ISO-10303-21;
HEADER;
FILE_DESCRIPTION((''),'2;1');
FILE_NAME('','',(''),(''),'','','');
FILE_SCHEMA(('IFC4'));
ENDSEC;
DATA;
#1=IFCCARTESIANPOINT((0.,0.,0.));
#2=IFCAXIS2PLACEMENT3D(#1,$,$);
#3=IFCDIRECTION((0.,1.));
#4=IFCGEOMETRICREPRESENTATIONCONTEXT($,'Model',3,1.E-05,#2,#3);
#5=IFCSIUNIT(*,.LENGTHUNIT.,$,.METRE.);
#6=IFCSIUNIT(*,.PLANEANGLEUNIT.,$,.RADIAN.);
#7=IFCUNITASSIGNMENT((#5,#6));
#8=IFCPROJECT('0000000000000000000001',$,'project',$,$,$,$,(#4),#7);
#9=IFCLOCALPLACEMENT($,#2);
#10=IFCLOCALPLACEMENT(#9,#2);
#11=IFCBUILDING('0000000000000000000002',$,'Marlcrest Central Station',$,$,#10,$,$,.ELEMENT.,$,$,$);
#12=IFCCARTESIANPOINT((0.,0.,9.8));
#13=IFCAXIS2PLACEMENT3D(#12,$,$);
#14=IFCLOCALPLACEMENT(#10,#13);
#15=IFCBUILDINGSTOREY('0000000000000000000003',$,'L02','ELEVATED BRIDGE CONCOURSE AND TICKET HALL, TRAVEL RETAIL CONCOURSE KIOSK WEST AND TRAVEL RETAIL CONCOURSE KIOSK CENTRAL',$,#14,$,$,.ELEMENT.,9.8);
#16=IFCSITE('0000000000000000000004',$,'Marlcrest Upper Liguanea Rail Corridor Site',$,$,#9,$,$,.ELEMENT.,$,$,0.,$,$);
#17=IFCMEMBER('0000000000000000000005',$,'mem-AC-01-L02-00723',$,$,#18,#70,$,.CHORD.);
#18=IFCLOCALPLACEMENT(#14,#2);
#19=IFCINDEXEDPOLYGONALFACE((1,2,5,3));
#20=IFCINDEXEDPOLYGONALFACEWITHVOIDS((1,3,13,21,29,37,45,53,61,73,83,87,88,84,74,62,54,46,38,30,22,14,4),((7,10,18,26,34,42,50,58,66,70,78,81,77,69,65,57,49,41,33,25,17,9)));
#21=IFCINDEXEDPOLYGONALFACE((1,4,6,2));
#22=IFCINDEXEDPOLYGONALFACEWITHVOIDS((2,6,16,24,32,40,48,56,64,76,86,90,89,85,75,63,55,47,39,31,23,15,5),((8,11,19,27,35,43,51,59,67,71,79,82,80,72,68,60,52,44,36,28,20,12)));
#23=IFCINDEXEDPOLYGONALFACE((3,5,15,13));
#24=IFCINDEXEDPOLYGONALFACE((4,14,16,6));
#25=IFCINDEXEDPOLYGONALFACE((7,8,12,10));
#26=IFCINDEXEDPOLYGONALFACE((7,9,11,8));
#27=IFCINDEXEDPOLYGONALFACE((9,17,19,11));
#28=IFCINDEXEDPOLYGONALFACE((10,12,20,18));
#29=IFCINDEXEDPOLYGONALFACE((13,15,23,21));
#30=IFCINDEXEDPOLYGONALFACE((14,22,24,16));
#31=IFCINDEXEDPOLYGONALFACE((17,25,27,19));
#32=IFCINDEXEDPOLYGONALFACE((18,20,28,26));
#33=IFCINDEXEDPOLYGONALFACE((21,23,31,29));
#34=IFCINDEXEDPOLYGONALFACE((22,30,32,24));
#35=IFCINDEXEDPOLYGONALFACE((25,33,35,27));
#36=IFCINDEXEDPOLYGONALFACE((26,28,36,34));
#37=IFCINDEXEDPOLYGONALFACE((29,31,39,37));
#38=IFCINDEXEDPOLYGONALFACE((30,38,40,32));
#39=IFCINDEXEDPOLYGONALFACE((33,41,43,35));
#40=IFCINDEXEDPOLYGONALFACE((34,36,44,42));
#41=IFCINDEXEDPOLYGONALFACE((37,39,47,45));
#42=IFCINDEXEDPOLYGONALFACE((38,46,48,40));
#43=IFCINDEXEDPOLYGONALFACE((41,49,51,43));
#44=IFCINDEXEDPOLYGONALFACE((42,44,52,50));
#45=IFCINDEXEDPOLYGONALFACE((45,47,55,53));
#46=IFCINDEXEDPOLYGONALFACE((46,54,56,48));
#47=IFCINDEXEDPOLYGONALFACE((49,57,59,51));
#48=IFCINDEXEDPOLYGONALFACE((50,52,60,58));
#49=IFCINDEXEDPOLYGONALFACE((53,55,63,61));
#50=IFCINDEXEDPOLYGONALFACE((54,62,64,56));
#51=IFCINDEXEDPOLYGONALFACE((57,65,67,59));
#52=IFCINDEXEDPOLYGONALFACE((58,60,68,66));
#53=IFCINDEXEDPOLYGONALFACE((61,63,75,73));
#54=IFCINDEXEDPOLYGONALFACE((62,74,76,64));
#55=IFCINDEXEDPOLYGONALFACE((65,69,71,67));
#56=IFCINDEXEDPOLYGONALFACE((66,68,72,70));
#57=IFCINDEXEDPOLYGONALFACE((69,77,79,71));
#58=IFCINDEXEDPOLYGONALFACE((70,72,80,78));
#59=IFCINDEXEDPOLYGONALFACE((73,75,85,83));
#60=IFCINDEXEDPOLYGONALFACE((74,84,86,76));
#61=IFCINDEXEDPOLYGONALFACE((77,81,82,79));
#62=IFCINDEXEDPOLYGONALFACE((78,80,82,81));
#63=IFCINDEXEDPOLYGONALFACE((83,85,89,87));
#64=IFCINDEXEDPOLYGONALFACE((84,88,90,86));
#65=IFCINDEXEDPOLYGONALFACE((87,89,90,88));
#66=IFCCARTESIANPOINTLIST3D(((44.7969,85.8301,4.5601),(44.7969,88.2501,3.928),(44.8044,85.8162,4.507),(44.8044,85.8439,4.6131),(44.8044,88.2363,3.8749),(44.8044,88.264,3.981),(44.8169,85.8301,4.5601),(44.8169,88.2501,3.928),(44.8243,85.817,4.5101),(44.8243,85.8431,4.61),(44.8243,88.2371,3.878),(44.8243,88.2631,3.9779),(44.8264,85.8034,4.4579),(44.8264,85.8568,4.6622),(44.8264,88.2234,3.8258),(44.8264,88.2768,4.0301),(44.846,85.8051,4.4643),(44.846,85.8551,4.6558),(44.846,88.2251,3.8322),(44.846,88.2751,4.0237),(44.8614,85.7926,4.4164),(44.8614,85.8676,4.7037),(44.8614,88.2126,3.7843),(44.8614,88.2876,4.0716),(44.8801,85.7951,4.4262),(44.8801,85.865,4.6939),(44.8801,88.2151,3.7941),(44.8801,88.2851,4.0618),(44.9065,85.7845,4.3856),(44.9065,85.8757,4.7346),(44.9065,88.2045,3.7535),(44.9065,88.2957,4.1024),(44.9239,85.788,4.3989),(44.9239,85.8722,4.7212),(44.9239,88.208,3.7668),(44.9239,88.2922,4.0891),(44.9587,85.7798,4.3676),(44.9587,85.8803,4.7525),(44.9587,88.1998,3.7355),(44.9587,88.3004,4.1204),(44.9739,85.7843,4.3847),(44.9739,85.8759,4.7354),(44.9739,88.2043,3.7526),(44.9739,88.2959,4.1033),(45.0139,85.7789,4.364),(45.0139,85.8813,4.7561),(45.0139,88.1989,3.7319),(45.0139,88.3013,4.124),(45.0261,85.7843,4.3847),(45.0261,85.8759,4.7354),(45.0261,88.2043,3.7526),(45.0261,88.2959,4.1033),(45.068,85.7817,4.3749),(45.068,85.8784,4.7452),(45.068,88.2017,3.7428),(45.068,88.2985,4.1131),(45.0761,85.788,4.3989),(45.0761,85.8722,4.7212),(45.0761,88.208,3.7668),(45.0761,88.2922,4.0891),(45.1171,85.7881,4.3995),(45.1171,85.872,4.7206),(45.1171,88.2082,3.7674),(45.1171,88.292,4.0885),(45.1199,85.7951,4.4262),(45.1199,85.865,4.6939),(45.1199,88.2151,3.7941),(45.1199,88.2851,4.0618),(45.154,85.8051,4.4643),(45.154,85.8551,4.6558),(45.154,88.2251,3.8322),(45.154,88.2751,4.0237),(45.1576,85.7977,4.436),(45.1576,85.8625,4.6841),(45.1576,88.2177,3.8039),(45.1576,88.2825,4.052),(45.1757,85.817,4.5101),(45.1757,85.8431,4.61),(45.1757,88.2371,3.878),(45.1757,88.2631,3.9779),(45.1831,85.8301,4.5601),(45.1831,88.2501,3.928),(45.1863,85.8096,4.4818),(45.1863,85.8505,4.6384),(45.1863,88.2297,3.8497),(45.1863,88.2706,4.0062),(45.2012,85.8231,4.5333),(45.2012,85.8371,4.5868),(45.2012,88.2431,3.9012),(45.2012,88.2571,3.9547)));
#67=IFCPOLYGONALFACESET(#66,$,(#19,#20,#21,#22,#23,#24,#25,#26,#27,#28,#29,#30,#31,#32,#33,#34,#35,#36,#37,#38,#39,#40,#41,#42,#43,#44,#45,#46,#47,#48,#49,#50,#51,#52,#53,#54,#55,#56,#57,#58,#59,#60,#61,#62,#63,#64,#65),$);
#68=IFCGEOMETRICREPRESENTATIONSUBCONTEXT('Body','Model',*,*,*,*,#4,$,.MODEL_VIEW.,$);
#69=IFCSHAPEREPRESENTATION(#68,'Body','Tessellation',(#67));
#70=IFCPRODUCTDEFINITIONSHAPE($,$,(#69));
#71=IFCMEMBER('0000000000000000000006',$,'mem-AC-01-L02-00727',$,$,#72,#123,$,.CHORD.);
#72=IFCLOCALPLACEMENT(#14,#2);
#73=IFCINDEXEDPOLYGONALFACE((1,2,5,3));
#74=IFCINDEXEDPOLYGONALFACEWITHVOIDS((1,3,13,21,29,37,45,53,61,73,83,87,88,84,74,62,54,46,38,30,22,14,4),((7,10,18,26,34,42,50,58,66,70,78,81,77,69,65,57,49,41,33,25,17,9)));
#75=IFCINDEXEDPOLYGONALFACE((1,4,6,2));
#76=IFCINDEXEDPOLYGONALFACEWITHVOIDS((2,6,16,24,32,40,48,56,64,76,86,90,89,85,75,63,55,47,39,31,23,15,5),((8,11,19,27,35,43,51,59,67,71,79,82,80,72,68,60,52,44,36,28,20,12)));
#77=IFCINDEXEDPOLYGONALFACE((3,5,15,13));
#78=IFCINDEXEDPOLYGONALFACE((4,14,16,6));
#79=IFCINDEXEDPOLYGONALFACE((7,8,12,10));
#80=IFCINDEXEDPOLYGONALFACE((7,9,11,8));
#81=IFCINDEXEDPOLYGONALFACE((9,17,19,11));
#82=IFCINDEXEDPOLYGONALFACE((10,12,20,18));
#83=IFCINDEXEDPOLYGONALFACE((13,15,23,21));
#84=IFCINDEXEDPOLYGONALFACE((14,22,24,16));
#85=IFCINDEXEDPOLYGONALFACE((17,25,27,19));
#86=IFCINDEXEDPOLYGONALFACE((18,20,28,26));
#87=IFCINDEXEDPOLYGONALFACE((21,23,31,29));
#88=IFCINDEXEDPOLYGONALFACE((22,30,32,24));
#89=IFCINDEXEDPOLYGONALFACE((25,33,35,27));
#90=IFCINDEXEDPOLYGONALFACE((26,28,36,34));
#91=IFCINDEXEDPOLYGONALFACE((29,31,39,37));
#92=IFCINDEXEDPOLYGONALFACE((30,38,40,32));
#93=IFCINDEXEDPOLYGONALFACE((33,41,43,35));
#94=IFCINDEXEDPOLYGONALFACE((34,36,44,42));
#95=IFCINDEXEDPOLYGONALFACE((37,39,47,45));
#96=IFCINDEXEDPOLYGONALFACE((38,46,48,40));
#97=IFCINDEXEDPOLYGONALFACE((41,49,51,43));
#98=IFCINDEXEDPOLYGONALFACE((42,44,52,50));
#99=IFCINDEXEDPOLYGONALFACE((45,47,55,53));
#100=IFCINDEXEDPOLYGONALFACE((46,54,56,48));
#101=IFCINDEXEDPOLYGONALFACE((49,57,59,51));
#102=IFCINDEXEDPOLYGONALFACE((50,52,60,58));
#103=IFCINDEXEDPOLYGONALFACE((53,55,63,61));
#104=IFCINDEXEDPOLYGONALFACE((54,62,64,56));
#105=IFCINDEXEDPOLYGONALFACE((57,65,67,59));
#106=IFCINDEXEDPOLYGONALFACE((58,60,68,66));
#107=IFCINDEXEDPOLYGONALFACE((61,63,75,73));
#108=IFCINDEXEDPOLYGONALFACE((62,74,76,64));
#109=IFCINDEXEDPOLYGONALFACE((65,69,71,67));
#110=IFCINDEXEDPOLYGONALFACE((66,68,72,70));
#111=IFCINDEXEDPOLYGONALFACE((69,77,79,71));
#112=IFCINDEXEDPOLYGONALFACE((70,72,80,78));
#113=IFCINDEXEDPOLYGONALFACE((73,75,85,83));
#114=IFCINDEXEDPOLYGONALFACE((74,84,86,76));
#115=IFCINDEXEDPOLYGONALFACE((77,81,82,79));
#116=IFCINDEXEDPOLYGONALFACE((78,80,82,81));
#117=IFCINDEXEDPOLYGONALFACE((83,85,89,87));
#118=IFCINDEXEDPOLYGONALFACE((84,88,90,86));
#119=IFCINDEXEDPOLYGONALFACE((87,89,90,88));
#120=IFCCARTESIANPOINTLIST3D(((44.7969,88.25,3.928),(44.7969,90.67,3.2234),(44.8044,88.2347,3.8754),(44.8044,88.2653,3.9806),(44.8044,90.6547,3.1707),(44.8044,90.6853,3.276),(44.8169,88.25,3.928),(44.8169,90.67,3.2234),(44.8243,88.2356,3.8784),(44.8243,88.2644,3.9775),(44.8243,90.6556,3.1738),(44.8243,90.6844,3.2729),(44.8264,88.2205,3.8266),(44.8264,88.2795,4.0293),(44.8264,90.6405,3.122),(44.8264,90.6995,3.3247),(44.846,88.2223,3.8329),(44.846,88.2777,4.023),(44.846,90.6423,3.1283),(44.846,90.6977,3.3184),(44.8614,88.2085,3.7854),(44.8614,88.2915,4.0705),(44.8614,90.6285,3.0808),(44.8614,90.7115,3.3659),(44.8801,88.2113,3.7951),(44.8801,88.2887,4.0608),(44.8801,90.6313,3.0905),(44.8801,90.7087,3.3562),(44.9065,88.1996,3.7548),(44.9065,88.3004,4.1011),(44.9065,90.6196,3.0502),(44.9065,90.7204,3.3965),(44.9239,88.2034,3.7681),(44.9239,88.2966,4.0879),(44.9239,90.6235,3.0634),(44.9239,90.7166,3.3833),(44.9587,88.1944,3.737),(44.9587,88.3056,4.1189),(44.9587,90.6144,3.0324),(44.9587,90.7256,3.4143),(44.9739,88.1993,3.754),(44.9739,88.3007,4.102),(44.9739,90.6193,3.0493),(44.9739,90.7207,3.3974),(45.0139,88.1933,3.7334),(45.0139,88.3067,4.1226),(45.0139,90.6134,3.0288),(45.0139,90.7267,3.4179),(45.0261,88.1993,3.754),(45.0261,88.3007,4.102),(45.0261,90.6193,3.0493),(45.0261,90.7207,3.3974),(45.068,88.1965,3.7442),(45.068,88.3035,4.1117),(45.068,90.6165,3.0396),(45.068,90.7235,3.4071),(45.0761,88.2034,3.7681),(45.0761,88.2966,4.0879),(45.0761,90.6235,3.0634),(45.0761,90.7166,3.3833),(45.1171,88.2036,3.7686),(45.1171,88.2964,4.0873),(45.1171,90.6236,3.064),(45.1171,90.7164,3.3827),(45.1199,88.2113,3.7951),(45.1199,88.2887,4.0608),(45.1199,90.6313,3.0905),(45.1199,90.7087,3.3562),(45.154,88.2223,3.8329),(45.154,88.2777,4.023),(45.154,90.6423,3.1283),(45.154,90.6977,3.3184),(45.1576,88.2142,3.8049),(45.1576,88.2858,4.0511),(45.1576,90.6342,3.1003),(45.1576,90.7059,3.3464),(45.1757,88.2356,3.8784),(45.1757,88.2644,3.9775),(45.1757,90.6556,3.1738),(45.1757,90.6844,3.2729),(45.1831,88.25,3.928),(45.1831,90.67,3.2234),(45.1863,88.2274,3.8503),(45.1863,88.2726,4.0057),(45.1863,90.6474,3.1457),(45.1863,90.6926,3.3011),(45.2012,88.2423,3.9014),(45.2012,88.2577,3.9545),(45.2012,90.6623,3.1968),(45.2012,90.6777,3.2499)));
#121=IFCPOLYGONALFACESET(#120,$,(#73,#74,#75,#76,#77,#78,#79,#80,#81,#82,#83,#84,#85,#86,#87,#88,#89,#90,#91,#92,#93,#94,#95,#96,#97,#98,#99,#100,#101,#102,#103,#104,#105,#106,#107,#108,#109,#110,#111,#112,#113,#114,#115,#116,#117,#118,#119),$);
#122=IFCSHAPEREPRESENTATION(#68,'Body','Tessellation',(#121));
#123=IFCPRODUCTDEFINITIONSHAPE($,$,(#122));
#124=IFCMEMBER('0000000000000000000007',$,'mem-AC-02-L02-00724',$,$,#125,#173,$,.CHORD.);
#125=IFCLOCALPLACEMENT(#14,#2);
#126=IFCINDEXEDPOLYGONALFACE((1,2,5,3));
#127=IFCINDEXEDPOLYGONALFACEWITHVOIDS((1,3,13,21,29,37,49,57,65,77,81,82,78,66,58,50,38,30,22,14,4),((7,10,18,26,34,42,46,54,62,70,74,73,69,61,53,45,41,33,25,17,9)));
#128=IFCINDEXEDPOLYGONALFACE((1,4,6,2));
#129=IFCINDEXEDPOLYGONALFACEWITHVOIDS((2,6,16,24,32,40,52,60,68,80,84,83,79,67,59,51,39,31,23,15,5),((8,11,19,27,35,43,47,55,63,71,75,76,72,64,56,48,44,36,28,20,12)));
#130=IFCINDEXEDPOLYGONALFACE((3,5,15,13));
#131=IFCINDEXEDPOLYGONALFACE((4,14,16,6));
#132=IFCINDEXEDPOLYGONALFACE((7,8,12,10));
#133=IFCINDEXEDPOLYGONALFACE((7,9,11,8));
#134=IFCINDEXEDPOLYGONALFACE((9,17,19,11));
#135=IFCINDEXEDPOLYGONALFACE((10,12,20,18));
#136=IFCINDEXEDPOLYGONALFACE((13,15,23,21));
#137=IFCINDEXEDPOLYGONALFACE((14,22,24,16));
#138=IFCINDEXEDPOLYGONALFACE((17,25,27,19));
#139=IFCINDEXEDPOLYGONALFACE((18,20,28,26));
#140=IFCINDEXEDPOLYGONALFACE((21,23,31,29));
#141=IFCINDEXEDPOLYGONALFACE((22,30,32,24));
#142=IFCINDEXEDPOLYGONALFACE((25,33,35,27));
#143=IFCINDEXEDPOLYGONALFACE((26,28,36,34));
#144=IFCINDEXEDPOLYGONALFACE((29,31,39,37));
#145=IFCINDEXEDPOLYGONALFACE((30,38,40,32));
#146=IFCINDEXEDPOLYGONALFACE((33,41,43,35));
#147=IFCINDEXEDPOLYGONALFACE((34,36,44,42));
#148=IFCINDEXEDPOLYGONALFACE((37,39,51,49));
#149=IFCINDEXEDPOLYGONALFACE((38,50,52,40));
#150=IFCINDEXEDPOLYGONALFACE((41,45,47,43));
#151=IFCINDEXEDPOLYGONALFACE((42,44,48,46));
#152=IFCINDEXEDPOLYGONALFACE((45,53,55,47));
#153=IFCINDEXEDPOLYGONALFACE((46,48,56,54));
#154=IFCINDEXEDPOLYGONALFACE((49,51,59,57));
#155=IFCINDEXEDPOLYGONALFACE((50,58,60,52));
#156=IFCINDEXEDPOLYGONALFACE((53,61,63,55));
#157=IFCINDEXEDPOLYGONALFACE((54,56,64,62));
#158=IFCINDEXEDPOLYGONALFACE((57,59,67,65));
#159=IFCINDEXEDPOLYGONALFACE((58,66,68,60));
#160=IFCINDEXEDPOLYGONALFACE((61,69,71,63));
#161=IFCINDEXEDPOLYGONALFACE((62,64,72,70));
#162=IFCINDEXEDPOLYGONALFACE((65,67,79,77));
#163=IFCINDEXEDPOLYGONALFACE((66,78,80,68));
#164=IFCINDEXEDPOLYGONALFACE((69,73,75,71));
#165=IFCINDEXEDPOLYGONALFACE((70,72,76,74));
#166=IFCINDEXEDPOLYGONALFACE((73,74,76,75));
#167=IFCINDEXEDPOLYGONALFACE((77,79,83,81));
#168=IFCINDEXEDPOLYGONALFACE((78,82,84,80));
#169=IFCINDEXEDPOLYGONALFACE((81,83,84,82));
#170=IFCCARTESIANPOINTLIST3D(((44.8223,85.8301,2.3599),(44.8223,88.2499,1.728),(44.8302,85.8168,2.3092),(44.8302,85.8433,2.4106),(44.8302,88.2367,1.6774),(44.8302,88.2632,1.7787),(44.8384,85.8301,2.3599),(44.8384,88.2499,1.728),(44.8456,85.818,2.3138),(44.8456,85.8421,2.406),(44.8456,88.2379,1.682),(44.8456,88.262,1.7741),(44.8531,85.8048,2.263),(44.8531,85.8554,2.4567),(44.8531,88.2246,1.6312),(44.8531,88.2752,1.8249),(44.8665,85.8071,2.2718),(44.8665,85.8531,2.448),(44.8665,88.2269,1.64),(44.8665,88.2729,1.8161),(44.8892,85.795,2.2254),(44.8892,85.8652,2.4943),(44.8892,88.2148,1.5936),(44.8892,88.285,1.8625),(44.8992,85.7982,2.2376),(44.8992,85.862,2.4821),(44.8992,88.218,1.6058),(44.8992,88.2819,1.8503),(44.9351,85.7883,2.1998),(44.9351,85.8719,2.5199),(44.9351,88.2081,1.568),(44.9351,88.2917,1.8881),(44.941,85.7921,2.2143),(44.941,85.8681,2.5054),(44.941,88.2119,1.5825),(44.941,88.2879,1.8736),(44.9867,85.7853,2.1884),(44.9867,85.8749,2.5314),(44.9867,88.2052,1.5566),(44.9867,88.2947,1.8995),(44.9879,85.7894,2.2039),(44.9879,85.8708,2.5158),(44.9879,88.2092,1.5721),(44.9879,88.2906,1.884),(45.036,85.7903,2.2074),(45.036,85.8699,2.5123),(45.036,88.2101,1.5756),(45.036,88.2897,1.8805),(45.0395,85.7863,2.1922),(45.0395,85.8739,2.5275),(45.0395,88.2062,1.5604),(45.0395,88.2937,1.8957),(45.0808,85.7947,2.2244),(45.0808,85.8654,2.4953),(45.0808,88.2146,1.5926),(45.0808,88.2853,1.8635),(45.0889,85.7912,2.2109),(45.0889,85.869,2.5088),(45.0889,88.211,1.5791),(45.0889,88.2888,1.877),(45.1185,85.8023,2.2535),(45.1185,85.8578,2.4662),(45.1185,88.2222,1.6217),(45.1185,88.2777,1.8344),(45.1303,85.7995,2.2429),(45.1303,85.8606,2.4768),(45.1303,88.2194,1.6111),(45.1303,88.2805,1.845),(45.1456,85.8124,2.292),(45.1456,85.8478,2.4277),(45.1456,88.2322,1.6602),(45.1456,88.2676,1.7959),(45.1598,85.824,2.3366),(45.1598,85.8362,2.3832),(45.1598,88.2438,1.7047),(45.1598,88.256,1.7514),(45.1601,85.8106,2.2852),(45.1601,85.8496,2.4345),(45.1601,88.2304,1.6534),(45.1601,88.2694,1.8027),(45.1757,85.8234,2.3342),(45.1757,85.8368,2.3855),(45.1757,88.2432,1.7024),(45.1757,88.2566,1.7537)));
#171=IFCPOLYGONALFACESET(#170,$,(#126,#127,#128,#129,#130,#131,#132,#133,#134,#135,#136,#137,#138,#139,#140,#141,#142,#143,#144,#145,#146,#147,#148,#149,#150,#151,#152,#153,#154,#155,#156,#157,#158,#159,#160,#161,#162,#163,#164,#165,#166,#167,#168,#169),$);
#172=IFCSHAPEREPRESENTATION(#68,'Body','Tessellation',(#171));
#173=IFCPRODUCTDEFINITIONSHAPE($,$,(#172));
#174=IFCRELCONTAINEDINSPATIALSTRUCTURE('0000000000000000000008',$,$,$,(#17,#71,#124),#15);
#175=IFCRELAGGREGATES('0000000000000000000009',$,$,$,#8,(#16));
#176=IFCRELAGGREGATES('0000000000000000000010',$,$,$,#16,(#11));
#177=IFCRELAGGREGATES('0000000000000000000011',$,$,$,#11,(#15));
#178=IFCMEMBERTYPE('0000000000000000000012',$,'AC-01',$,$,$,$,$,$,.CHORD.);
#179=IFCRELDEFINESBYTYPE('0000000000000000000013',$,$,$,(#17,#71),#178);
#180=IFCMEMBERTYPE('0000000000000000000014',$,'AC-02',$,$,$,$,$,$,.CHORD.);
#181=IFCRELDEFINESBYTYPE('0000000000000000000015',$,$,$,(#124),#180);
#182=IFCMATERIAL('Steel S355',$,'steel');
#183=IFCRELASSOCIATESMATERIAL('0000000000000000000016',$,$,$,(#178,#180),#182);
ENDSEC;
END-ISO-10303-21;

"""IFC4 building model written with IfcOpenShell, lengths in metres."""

from ifc_helpers import new_model, si_unit, direction, frame, origin, origin_2d, place, context, subcontext, project, spatial, hollow_circle, extrude, material, material_profile, profile_set, type_object, element, save


model = new_model("IFC4")

# Units and contexts
model_context = context("Model", 3, precision=1e-05, world=origin(), true_north=direction((0.0, 1.0)))
body_context = subcontext(model_context, "Body", "Model", "MODEL_VIEW")
ifc_project = project(units=[si_unit("LENGTHUNIT", "METRE"), si_unit("PLANEANGLEUNIT", "RADIAN")], contexts=[model_context])

# Site, building, storey
site_placement = place(None, origin())
site = spatial("IfcSite", under=ifc_project, at=site_placement, Name="Marlcrest Upper Liguanea Rail Corridor Site", CompositionType="ELEMENT", RefElevation=0.0)
building_placement = place(site_placement, origin())
building = spatial("IfcBuilding", under=site, at=building_placement, Name="Marlcrest Central Station", CompositionType="ELEMENT")
storey_placement = place(building_placement, frame((0.0, 0.0, 9.8)))
storey = spatial("IfcBuildingStorey", under=building, at=storey_placement, Name="L02", Description="ELEVATED BRIDGE CONCOURSE AND TICKET HALL, TRAVEL RETAIL CONCOURSE KIOSK WEST AND TRAVEL RETAIL CONCOURSE KIOSK CENTRAL", CompositionType="ELEMENT", Elevation=9.8)

# Members
ifc_material_1 = material(Name="Steel S355", Category="steel")
ifc_material_profile_1 = material_profile(ifc_material_1, hollow_circle(Radius=0.2031, WallThickness=0.02, at=origin_2d()), Name="CHS 406.4x20")
ifc_profile_set_1 = profile_set([ifc_material_profile_1], Name="Steel S355")
member_type_1 = type_object("IfcMemberType", Name="AC-01", PredefinedType="CHORD", material=ifc_profile_set_1)
member_1_placement = place(storey_placement, frame((45.0, 85.8301, 4.5601), z_axis=(0.0, 0.967539, -0.25272), x_axis=(-1.0, 0.0, 0.0)))
element("IfcMember", 1, at=member_1_placement, inside=storey, type_object=member_type_1, Name="mem-AC-01-L02-00723", PredefinedType="CHORD", context=body_context, shape_type="SweptSolid", body=[
    extrude(hollow_circle(Radius=0.2031, WallThickness=0.02, at=origin_2d()), origin(), (0.0, 0.0, 1.0), 2.5012),
])
member_2_placement = place(storey_placement, frame((45.0, 88.25, 3.928), z_axis=(0.0, 0.96013, -0.279554), x_axis=(-1.0, 0.0, 0.0)))
element("IfcMember", 2, at=member_2_placement, inside=storey, type_object=member_type_1, Name="mem-AC-01-L02-00727", PredefinedType="CHORD", context=body_context, shape_type="SweptSolid", body=[
    extrude(hollow_circle(Radius=0.2031, WallThickness=0.02, at=origin_2d()), origin(), (0.0, 0.0, 1.0), 2.5205),
])
ifc_material_profile_2 = material_profile(ifc_material_1, hollow_circle(Radius=0.1777, WallThickness=0.0161, at=origin_2d()), Name="CHS 355.6x16")
ifc_profile_set_2 = profile_set([ifc_material_profile_2], Name="Steel S355")
member_type_2 = type_object("IfcMemberType", Name="AC-02", PredefinedType="CHORD", material=ifc_profile_set_2)
member_3_placement = place(storey_placement, frame((45.0, 85.8301, 2.3599), z_axis=(0.0, 0.967563, -0.252629), x_axis=(-1.0, 0.0, 0.0)))
element("IfcMember", 3, at=member_3_placement, inside=storey, type_object=member_type_2, Name="mem-AC-02-L02-00724", PredefinedType="CHORD", context=body_context, shape_type="SweptSolid", body=[
    extrude(hollow_circle(Radius=0.1777, WallThickness=0.0161, at=origin_2d()), origin(), (0.0, 0.0, 1.0), 2.501),
])

save(model, "model.ifc")
